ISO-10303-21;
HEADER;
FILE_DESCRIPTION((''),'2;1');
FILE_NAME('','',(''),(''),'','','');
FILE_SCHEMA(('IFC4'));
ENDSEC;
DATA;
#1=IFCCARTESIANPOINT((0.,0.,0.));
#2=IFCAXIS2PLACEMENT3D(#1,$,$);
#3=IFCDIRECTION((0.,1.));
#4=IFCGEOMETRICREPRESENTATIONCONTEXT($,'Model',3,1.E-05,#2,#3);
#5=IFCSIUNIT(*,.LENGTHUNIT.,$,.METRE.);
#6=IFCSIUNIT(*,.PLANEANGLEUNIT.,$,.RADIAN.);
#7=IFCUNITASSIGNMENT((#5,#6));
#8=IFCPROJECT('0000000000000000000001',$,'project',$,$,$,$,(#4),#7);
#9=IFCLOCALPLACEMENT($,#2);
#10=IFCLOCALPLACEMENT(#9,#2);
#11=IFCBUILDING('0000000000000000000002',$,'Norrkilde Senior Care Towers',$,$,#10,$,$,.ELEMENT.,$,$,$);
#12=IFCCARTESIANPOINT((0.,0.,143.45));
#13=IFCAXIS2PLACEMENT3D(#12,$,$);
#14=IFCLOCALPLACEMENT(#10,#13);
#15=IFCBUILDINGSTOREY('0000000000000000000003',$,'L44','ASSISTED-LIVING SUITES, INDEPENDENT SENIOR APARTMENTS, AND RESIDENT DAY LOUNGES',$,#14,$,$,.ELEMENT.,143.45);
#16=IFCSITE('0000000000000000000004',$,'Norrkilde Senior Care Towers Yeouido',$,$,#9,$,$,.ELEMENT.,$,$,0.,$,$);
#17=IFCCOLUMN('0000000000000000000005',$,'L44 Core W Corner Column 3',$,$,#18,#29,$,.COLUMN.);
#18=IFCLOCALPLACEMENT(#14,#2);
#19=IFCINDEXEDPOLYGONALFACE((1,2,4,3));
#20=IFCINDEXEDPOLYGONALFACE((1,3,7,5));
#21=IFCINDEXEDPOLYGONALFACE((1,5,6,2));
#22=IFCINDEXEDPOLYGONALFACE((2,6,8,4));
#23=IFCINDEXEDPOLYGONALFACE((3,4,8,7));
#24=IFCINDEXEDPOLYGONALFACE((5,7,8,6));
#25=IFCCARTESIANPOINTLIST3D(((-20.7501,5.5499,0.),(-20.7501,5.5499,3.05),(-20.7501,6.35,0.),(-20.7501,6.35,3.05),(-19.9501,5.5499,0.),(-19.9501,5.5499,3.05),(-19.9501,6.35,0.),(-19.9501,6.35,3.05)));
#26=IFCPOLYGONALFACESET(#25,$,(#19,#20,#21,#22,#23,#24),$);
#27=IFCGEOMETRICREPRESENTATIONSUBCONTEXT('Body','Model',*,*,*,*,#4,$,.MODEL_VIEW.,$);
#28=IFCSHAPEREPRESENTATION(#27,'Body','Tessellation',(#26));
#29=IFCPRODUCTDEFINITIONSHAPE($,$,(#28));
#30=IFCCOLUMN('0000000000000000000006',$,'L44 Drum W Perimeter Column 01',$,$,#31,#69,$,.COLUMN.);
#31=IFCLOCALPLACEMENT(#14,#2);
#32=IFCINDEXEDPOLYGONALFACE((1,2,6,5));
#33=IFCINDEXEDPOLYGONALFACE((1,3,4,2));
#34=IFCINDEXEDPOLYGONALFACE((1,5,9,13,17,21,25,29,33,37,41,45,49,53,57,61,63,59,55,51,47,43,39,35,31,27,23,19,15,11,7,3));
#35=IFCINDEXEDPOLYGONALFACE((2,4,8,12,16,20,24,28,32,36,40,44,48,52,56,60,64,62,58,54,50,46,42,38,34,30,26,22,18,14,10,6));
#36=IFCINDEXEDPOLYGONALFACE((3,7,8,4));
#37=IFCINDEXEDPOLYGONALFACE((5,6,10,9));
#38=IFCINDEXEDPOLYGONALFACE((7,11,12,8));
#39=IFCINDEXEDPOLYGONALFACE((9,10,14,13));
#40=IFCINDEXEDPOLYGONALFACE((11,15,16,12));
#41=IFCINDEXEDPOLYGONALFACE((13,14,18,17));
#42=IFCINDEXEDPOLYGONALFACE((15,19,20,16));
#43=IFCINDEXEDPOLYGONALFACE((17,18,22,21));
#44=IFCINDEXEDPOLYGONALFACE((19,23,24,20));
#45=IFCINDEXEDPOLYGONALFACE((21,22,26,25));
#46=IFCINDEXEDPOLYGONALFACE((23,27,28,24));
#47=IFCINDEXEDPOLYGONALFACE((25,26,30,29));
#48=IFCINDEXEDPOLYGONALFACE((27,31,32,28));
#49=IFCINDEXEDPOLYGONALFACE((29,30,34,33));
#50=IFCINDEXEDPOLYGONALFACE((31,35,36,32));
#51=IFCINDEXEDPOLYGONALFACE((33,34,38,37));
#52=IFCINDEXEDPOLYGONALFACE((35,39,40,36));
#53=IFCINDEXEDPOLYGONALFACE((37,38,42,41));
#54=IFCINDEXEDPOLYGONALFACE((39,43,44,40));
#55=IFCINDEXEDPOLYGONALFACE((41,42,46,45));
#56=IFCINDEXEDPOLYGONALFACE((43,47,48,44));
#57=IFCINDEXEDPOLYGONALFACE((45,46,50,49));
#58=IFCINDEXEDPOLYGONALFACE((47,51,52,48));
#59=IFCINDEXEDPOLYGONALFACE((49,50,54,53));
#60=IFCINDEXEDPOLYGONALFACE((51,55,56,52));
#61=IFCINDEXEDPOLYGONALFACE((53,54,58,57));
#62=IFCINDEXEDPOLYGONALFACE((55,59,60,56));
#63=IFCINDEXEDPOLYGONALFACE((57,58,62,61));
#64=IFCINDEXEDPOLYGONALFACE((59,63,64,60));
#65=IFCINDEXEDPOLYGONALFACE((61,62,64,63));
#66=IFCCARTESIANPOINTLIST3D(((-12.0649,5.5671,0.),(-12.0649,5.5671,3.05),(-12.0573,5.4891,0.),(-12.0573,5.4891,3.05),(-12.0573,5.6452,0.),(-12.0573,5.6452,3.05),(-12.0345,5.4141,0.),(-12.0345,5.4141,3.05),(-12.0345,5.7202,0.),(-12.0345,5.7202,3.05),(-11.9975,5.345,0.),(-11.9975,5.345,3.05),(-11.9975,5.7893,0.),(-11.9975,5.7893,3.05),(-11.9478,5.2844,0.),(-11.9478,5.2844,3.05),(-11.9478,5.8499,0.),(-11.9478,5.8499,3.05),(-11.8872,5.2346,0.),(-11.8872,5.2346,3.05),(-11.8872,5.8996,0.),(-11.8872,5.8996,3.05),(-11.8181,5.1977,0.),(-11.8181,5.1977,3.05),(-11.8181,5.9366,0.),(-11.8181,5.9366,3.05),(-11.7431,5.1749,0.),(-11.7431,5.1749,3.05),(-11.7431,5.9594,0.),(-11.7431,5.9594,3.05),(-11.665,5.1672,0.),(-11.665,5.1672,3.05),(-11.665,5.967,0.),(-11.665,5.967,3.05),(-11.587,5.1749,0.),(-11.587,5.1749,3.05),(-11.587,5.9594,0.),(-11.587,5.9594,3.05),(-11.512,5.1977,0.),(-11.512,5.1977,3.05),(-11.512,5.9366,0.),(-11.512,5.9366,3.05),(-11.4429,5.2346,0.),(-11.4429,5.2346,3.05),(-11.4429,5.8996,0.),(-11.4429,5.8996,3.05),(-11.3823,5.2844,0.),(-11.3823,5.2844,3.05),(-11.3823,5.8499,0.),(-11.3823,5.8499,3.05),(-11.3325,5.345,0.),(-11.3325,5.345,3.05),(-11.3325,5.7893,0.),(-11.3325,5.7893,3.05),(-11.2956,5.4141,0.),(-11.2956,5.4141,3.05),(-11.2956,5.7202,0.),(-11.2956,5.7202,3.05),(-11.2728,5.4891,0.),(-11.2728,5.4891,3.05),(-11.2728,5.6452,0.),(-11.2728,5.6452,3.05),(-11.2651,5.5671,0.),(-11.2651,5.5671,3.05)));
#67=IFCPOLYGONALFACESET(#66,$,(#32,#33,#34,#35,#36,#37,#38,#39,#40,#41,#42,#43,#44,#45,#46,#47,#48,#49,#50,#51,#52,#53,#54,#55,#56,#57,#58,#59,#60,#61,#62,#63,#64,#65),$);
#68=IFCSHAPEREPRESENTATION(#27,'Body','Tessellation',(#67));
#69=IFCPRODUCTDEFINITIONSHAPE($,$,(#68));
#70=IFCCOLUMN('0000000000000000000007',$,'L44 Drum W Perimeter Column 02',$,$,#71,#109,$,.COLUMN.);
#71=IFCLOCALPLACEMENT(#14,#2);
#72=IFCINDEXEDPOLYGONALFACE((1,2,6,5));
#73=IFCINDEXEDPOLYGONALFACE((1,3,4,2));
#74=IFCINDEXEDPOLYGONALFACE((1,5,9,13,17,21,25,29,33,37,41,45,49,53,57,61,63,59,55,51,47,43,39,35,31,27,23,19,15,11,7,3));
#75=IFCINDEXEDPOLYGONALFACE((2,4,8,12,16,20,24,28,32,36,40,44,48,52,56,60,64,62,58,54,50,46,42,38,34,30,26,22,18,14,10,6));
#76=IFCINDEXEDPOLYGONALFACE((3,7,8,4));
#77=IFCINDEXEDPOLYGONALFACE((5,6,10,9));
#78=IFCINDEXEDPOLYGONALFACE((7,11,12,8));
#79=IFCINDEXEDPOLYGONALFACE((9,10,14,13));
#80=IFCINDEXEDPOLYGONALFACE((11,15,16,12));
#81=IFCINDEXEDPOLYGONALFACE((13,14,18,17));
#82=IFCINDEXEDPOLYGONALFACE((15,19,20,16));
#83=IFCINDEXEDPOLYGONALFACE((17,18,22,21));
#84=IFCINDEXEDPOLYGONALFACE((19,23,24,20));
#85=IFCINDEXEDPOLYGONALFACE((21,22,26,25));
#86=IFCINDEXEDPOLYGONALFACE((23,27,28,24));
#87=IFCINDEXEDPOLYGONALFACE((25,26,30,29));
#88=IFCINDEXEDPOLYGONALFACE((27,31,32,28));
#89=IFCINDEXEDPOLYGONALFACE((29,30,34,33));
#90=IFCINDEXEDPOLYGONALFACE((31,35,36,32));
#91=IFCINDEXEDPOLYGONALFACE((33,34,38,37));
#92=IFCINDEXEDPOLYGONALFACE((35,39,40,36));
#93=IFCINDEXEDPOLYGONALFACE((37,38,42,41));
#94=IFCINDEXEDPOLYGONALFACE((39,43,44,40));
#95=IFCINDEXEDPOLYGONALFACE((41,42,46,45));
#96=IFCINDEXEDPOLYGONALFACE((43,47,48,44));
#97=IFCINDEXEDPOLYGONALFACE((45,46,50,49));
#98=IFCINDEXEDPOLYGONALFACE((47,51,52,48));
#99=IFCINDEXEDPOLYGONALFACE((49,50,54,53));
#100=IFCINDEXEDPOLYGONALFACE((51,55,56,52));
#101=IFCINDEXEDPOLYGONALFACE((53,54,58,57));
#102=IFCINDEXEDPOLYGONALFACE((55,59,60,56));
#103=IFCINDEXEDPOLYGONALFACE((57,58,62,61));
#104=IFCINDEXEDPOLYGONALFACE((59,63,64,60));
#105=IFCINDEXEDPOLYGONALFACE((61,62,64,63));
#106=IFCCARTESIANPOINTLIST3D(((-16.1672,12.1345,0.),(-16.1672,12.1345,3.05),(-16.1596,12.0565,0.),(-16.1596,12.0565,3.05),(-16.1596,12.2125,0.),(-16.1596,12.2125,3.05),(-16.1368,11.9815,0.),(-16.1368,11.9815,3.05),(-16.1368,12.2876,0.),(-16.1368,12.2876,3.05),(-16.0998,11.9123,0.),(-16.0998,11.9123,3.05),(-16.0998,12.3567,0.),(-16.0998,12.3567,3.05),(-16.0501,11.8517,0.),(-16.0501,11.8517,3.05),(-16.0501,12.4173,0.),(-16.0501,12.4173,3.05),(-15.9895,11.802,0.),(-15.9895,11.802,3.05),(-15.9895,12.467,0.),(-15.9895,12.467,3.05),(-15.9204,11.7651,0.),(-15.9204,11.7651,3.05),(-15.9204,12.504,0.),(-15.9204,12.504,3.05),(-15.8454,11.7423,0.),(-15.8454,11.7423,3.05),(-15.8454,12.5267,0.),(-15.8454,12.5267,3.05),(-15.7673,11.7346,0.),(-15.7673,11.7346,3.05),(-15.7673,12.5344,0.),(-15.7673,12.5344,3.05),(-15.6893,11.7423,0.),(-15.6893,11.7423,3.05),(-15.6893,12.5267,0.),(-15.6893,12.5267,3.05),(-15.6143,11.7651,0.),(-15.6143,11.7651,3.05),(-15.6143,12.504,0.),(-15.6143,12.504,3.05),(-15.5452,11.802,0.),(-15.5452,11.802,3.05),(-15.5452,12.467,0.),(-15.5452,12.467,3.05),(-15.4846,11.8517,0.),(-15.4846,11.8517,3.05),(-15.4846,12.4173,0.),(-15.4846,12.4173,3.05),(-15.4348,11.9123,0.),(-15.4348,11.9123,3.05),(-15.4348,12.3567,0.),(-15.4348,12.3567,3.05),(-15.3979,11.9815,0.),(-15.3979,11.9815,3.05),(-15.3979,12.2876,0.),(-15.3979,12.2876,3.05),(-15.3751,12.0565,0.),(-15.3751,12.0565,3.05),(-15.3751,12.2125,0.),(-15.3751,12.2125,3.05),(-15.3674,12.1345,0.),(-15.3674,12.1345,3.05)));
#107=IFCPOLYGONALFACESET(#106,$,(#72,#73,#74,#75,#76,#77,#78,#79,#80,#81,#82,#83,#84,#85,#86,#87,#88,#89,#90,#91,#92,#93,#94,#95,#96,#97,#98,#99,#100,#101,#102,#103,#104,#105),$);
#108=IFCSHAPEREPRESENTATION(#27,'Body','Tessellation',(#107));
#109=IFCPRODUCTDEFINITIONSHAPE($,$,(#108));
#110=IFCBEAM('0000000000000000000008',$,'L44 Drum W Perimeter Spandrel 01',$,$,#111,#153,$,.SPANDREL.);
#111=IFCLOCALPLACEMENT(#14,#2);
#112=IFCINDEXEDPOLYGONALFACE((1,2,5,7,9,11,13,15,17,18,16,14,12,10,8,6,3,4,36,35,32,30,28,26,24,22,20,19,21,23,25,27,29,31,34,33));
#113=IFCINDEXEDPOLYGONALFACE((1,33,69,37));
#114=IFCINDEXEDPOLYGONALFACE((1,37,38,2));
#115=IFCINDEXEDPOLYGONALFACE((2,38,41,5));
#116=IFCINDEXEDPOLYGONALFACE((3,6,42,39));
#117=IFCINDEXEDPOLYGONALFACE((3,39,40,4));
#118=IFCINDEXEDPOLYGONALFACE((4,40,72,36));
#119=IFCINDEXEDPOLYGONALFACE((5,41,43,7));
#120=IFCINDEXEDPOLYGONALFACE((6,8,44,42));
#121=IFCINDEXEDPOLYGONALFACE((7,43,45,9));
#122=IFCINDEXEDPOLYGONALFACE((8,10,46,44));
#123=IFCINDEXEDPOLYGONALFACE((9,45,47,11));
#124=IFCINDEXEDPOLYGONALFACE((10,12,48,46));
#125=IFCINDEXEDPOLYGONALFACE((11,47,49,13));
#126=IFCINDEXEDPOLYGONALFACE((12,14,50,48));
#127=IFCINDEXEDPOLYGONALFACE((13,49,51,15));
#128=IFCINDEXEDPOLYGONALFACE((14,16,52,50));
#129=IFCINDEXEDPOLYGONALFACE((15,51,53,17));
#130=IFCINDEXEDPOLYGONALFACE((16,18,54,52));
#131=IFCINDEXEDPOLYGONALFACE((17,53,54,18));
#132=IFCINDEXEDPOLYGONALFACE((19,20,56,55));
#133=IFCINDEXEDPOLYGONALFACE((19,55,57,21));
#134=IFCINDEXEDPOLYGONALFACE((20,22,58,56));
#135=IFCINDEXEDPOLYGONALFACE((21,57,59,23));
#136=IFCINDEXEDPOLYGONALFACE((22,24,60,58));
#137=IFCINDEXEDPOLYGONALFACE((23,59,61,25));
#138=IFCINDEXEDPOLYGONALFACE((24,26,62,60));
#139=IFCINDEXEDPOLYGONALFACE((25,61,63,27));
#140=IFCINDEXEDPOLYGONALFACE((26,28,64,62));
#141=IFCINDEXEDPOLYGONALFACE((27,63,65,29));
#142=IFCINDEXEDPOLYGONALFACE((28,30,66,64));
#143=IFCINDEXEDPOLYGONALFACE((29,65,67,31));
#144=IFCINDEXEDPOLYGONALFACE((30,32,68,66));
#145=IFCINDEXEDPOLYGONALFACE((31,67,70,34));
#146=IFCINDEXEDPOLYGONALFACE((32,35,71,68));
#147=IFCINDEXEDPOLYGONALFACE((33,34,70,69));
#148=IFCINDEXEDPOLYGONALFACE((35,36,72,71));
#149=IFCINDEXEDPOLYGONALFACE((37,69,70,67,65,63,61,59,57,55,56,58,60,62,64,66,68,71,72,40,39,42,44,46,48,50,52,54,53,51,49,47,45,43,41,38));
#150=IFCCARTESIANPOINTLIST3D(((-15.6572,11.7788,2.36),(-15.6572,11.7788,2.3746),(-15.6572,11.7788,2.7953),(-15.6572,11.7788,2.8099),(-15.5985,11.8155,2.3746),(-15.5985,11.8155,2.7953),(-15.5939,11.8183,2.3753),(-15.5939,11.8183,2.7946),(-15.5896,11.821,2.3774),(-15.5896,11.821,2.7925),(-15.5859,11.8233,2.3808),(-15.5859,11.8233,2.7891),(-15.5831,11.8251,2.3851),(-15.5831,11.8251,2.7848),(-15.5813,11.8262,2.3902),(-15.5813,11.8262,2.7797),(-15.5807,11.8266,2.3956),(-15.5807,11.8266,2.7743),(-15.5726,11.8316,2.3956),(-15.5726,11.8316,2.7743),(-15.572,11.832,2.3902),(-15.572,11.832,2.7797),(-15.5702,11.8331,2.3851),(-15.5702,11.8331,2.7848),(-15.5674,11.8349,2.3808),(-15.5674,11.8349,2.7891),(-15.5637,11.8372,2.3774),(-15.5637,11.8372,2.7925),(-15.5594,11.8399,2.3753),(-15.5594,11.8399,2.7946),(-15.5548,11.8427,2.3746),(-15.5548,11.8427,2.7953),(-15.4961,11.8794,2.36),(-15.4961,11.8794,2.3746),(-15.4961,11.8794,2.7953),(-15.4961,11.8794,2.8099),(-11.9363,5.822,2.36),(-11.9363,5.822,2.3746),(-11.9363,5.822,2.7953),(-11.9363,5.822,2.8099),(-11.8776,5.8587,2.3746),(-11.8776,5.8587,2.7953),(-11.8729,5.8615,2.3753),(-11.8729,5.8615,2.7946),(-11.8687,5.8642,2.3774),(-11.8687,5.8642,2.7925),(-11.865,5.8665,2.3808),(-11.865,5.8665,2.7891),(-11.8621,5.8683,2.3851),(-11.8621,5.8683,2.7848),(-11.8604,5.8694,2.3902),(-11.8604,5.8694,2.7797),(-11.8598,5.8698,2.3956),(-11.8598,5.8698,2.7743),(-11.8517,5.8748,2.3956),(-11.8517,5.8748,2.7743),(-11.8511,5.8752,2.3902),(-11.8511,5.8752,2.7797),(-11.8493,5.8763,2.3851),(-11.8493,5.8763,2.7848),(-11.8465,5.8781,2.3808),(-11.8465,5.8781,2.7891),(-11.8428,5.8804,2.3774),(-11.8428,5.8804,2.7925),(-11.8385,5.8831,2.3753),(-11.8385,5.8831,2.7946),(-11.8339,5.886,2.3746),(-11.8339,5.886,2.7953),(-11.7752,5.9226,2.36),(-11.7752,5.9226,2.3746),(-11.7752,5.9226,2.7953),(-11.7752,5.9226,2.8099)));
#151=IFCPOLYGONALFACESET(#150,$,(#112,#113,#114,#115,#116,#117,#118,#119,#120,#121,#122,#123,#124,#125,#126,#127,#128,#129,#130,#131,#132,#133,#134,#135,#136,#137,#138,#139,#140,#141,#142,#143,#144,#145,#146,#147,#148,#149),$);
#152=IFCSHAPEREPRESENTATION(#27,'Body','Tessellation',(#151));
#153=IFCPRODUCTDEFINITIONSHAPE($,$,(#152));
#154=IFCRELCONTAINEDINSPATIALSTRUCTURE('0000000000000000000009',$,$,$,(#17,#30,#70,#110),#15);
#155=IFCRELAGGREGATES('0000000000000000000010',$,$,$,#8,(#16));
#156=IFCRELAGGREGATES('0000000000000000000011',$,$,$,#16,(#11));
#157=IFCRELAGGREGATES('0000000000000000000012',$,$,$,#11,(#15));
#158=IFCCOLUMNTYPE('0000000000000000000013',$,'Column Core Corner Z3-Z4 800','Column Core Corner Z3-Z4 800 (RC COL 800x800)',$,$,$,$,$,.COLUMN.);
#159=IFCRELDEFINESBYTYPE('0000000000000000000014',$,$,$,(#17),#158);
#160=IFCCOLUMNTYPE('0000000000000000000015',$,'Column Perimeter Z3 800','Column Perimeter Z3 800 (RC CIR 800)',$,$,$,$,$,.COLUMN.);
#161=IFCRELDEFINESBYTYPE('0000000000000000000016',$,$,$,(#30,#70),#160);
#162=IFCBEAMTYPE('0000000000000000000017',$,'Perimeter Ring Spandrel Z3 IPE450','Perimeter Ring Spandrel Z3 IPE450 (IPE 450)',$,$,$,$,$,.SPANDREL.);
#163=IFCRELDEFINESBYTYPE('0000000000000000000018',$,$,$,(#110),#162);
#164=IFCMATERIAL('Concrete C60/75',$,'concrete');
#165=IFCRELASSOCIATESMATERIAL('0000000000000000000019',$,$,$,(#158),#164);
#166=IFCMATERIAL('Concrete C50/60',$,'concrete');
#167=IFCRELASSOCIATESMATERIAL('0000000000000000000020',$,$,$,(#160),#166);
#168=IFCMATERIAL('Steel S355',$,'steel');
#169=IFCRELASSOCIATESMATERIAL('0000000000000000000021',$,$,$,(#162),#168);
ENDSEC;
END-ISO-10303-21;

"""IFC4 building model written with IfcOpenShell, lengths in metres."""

from ifc_helpers import new_model, si_unit, direction, frame, origin, origin_2d, place, context, subcontext, project, spatial, rectangle, circle, i_section, extrude, source, transform, mapped, material, material_profile, profile_set, type_object, type_shapes, element, save


model = new_model("IFC4")

# Units and contexts
model_context = context("Model", 3, precision=1e-05, world=origin(), true_north=direction((0.0, 1.0)))
body_context = subcontext(model_context, "Body", "Model", "MODEL_VIEW")
ifc_project = project(units=[si_unit("LENGTHUNIT", "METRE"), si_unit("PLANEANGLEUNIT", "RADIAN")], contexts=[model_context])

# Site, building, storey
site_placement = place(None, origin())
site = spatial("IfcSite", under=ifc_project, at=site_placement, Name="Norrkilde Senior Care Towers Yeouido", CompositionType="ELEMENT", RefElevation=0.0)
building_placement = place(site_placement, origin())
building = spatial("IfcBuilding", under=site, at=building_placement, Name="Norrkilde Senior Care Towers", CompositionType="ELEMENT")
storey_placement = place(building_placement, frame((0.0, 0.0, 143.45)))
storey = spatial("IfcBuildingStorey", under=building, at=storey_placement, Name="L44", Description="ASSISTED-LIVING SUITES, INDEPENDENT SENIOR APARTMENTS, AND RESIDENT DAY LOUNGES", CompositionType="ELEMENT", Elevation=143.45)

# Columns
ifc_material_1 = material(Name="Concrete C60/75", Category="concrete")
ifc_material_profile_1 = material_profile(ifc_material_1, rectangle(XDim=0.8, YDim=0.8, at=origin_2d()), Name="RC COL 800x800")
ifc_profile_set_1 = profile_set([ifc_material_profile_1], Name="Concrete C60/75")
column_type_1 = type_object("IfcColumnType", Name="Column Core Corner Z3-Z4 800", Description="Column Core Corner Z3-Z4 800 (RC COL 800x800)", PredefinedType="COLUMN", material=ifc_profile_set_1)
shared_shape_1 = source(origin(), body_context, "Body", "SweptSolid", [
    extrude(rectangle(XDim=0.8, YDim=0.8, at=origin_2d()), origin(), (0.0, 0.0, 1.0), 3.05),
])
type_shapes(column_type_1, [shared_shape_1])
column_placement = place(storey_placement, frame((-20.3501, 5.95, 0.0), z_axis=(0.0, 0.0, 1.0), x_axis=(1.0, 0.0, 0.0)))
element("IfcColumn", 1, at=column_placement, inside=storey, type_object=column_type_1, Name="L44 Core W Corner Column 3", PredefinedType="COLUMN", context=body_context, shape_type="MappedRepresentation", body=[
    mapped(shared_shape_1, transform((0.0, 0.0, 0.0), x_axis=(1.0, 0.0, 0.0), y_axis=(0.0, 1.0, 0.0), z_axis=(0.0, 0.0, 1.0), scale=1.0)),
])
ifc_material_2 = material(Name="Concrete C50/60", Category="concrete")
ifc_material_profile_2 = material_profile(ifc_material_2, circle(Radius=0.3999, at=origin_2d()), Name="RC CIR 800")
ifc_profile_set_2 = profile_set([ifc_material_profile_2], Name="Concrete C50/60")
column_type_2 = type_object("IfcColumnType", Name="Column Perimeter Z3 800", Description="Column Perimeter Z3 800 (RC CIR 800)", PredefinedType="COLUMN", material=ifc_profile_set_2)
shared_shape_2 = source(origin(), body_context, "Body", "SweptSolid", [
    extrude(circle(Radius=0.3999, at=origin_2d()), origin(), (0.0, 0.0, 1.0), 3.05),
])
type_shapes(column_type_2, [shared_shape_2])
for number, where, z_axis, x_axis, name in (
    (2, (-11.665, 5.5671, 0.0), (0.0, 0.0, 1.0), (1.0, 0.0, 0.0), "L44 Drum W Perimeter Column 01"),
    (3, (-15.7673, 12.1345, 0.0), (0.0, 0.0, 1.0), (1.0, 0.0, 0.0), "L44 Drum W Perimeter Column 02"),
):
    element("IfcColumn", number, at=place(storey_placement, frame(where, z_axis=z_axis, x_axis=x_axis)), inside=storey, type_object=column_type_2, Name=name, PredefinedType="COLUMN", context=body_context, shape_type="MappedRepresentation", body=[
        mapped(shared_shape_2, transform((0.0, 0.0, 0.0), x_axis=(1.0, 0.0, 0.0), y_axis=(0.0, 1.0, 0.0), z_axis=(0.0, 0.0, 1.0), scale=1.0)),
    ])

# Beam
ifc_material_3 = material(Name="Steel S355", Category="steel")
ifc_material_profile_3 = material_profile(ifc_material_3, i_section(OverallWidth=0.1899, OverallDepth=0.45, WebThickness=0.0095, FlangeThickness=0.0146, FilletRadius=0.021, at=origin_2d()), Name="IPE 450")
ifc_profile_set_3 = profile_set([ifc_material_profile_3], Name="Steel S355")
beam_type_1 = type_object("IfcBeamType", Name="Perimeter Ring Spandrel Z3 IPE450", Description="Perimeter Ring Spandrel Z3 IPE450 (IPE 450)", PredefinedType="SPANDREL", material=ifc_profile_set_3)
shared_shape_3 = source(origin(), body_context, "Body", "SweptSolid", [
    extrude(i_section(OverallWidth=0.1899, OverallDepth=0.45, WebThickness=0.0095, FlangeThickness=0.0146, FilletRadius=0.021, at=origin_2d()), origin(), (0.0, 0.0, 1.0), 7.0234),
])
beam_1_placement = place(storey_placement, frame((-11.8557, 5.8723, 2.585), z_axis=(-0.52979, 0.848129, 0.0), x_axis=(-0.848129, -0.52979, 0.0)))
element("IfcBeam", 4, at=beam_1_placement, inside=storey, type_object=beam_type_1, Name="L44 Drum W Perimeter Spandrel 01", PredefinedType="SPANDREL", context=body_context, shape_type="MappedRepresentation", body=[
    mapped(shared_shape_3, transform((0.0, 0.0, 0.0), x_axis=(1.0, 0.0, 0.0), y_axis=(0.0, 1.0, 0.0), z_axis=(0.0, 0.0, 1.0), scale=1.0)),
])

save(model, "model.ifc")
